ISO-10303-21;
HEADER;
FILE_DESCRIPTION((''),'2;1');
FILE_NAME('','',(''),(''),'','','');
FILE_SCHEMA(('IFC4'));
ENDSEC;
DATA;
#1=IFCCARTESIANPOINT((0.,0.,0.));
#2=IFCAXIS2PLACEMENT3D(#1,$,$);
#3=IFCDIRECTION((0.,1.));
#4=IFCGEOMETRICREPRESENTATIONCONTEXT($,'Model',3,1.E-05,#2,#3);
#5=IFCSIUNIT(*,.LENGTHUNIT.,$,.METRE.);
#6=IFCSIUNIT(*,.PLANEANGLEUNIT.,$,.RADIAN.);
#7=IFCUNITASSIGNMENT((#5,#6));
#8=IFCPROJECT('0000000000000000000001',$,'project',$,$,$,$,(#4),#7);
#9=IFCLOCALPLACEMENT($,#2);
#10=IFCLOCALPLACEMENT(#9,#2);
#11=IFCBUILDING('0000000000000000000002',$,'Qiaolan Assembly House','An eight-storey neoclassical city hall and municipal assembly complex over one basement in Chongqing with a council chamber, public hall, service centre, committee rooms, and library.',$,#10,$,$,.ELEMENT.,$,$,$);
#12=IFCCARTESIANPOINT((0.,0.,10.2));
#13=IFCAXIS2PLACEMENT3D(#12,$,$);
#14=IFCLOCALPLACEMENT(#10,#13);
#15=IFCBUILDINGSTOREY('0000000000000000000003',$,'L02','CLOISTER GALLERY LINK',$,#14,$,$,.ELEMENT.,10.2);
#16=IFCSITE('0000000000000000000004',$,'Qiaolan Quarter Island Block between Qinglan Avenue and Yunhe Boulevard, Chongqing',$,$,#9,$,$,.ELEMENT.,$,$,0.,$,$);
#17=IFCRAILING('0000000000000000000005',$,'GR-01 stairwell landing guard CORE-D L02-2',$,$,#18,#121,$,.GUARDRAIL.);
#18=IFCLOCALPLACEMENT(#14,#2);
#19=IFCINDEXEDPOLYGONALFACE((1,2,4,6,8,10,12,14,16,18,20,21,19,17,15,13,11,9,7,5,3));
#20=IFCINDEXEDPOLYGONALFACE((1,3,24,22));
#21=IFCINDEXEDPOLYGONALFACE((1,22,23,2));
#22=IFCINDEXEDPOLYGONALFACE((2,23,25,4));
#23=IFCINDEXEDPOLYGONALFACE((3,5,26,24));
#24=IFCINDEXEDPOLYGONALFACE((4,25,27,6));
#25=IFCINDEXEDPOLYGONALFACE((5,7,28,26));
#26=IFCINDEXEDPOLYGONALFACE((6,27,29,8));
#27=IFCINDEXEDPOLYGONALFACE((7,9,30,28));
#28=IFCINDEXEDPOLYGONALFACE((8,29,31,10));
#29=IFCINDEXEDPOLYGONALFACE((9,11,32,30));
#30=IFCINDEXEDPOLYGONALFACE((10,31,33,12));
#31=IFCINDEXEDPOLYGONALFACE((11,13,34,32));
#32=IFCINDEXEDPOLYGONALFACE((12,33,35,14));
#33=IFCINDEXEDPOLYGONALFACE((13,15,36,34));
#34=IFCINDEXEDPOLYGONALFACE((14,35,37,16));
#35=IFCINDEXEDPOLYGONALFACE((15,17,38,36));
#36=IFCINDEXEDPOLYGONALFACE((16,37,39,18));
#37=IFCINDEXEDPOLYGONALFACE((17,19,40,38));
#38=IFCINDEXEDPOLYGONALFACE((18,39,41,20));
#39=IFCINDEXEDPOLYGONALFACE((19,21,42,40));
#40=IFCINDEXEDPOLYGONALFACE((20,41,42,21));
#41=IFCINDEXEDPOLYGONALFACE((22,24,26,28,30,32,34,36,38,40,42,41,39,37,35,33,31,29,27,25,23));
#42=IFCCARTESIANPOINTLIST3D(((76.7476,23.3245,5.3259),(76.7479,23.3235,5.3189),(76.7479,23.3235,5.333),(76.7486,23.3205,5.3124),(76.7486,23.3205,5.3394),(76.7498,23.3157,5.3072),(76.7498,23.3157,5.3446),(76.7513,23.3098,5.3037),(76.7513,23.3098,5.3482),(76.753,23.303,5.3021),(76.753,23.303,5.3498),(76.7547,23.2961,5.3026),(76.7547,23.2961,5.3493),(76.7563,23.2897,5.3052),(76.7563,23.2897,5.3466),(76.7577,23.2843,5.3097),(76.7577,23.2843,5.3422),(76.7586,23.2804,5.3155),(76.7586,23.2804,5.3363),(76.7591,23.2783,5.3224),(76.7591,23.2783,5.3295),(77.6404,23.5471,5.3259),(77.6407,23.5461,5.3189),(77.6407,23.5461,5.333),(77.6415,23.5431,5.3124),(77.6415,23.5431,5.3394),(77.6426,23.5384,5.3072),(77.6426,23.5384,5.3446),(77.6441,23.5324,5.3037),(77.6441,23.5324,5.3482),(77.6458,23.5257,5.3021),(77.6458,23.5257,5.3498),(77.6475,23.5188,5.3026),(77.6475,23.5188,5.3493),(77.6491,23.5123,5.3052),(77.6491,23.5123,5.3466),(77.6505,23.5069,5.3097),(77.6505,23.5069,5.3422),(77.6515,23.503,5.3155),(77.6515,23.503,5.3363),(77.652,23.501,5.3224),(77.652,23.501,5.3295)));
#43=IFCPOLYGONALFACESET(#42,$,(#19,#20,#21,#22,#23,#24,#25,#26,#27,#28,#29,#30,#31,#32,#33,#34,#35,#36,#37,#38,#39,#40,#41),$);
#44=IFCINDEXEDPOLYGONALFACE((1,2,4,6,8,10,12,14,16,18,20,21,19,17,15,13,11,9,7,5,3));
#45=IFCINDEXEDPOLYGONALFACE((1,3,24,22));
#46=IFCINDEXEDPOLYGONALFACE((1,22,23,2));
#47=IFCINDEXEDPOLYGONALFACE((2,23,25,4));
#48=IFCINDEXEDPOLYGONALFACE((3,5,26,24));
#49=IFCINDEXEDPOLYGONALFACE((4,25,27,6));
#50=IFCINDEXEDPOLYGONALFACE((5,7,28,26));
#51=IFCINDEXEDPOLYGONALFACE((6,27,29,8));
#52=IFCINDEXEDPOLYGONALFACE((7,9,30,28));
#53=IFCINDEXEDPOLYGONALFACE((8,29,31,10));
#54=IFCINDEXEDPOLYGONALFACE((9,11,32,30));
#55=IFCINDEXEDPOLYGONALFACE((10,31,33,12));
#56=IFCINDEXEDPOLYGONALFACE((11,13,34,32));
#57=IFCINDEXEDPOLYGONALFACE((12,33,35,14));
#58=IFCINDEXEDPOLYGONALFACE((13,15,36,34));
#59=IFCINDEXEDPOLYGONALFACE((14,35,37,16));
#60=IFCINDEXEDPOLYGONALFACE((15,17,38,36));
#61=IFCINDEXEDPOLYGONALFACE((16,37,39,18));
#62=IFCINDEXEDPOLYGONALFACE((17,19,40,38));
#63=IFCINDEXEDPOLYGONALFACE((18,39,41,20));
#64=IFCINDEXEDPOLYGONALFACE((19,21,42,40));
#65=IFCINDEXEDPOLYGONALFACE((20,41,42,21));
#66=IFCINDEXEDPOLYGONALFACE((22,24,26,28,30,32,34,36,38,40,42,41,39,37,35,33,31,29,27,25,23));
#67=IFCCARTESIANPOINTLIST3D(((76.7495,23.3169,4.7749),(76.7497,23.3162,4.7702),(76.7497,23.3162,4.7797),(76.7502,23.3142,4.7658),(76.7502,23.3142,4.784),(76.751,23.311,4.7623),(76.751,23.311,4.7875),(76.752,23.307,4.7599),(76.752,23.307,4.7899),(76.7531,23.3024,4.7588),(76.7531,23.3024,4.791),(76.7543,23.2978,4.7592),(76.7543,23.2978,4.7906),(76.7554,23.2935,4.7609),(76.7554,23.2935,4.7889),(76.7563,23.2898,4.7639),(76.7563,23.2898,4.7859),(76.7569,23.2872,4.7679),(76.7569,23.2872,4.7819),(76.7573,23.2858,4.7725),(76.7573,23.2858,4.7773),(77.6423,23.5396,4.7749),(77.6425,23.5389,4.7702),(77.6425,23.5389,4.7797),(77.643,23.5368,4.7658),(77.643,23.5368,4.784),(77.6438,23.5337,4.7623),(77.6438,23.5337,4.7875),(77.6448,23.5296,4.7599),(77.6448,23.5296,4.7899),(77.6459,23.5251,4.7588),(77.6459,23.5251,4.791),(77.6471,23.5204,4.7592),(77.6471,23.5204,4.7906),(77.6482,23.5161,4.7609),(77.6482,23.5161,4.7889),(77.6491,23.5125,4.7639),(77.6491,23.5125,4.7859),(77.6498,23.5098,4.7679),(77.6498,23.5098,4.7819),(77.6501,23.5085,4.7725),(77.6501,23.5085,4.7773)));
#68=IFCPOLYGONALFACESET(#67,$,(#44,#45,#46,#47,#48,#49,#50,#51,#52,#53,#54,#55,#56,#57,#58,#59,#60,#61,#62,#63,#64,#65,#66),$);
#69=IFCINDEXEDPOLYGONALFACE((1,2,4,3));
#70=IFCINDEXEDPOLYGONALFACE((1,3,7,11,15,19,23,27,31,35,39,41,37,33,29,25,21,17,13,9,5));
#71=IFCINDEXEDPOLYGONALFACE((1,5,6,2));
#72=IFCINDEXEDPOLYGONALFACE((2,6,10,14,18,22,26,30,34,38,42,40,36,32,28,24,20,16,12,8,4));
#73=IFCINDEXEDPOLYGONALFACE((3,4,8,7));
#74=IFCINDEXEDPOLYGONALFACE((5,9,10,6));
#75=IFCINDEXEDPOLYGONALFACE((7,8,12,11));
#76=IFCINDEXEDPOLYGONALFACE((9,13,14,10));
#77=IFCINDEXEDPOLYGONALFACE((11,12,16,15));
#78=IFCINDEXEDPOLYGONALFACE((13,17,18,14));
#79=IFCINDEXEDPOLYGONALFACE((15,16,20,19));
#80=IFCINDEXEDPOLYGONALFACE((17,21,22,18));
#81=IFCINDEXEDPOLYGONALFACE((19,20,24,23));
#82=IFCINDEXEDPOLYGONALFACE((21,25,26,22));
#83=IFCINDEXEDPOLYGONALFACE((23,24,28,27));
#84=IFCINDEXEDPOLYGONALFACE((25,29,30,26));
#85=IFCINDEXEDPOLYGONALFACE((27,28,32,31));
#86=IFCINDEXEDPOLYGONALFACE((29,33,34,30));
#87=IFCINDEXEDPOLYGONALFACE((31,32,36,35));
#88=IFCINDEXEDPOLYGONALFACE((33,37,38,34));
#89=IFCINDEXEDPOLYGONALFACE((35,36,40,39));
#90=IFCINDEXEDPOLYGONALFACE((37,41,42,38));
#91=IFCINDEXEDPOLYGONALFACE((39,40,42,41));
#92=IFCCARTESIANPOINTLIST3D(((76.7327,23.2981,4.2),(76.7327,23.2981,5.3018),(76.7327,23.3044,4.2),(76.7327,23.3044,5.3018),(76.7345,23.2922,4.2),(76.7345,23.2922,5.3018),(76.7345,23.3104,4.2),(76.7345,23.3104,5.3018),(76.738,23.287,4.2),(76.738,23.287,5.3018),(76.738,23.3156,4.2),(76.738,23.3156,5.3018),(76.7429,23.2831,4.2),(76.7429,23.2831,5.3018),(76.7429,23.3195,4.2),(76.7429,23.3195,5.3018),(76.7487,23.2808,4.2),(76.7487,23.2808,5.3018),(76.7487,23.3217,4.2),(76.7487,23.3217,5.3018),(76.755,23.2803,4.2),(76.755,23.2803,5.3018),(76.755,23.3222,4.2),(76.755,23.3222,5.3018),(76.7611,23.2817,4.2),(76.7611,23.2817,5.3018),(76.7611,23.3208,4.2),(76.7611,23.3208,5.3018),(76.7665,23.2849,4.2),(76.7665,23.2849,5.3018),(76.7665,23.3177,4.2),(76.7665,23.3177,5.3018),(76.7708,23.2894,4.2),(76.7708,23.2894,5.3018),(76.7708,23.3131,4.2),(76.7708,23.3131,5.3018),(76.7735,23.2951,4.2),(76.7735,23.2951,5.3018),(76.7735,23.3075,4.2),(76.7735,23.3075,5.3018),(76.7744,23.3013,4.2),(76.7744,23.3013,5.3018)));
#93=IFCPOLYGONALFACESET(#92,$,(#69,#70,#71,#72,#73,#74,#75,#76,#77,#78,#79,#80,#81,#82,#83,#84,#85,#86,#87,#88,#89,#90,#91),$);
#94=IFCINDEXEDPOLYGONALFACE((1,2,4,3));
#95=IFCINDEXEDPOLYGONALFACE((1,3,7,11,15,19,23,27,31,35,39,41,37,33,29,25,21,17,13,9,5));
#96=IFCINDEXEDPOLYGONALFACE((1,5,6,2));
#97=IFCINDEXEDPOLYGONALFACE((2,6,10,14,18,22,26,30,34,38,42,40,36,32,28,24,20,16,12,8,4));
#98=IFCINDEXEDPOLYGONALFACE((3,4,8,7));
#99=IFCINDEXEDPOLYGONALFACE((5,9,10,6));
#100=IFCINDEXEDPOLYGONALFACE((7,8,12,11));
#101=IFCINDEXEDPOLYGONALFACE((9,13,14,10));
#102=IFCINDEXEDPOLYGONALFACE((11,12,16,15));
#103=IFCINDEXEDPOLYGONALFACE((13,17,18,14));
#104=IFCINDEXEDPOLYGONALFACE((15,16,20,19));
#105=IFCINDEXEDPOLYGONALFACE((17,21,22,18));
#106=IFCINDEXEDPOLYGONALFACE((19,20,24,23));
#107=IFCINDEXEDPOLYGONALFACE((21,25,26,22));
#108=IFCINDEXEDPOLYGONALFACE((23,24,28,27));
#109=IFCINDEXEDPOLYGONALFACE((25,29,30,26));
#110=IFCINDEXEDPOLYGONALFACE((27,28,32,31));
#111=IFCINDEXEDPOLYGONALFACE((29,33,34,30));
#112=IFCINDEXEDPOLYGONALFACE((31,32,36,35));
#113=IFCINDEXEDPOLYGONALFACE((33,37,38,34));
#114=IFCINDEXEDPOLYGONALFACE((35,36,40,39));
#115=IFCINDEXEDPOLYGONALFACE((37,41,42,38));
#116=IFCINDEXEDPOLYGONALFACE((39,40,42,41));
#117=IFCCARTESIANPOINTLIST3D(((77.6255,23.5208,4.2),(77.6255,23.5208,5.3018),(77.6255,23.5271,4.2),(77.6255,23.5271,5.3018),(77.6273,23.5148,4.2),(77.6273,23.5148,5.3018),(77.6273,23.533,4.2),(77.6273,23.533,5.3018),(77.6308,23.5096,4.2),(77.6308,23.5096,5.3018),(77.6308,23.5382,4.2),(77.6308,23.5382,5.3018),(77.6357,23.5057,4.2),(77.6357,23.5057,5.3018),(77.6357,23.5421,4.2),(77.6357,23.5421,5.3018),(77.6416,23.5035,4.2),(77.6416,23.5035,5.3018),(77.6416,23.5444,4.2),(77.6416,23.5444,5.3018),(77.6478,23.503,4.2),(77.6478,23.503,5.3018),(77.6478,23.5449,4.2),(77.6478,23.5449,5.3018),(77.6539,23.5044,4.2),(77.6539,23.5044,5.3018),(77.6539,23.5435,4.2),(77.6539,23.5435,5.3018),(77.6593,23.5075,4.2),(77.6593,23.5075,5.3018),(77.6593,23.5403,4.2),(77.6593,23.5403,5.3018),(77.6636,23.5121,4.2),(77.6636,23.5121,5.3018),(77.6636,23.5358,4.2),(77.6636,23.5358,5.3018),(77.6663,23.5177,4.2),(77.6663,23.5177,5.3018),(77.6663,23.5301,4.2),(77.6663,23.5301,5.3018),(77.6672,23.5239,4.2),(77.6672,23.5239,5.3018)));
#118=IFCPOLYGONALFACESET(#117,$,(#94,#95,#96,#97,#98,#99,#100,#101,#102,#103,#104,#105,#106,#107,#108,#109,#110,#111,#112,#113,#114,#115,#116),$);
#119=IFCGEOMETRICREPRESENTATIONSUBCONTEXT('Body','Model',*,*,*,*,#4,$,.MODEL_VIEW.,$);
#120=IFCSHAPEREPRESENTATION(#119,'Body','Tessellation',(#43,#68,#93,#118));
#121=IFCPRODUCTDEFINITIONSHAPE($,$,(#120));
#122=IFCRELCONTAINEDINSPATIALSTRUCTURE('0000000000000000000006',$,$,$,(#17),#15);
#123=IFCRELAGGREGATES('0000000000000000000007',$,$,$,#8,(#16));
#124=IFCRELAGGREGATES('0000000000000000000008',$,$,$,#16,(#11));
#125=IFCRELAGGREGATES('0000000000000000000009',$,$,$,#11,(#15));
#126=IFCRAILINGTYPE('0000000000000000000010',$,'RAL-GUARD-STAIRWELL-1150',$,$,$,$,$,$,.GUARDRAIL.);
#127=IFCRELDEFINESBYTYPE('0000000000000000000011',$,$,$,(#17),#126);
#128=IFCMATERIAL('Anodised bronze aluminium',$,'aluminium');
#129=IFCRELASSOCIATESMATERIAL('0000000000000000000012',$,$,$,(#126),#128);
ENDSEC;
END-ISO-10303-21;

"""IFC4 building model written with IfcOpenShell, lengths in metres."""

from ifc_helpers import new_model, si_unit, direction, frame, origin, origin_2d, place, context, subcontext, project, spatial, circle, extrude, material, type_object, element, save


model = new_model("IFC4")

# Units and contexts
model_context = context("Model", 3, precision=1e-05, world=origin(), true_north=direction((0.0, 1.0)))
body_context = subcontext(model_context, "Body", "Model", "MODEL_VIEW")
ifc_project = project(units=[si_unit("LENGTHUNIT", "METRE"), si_unit("PLANEANGLEUNIT", "RADIAN")], contexts=[model_context])

# Site, building, storey
site_placement = place(None, origin())
site = spatial("IfcSite", under=ifc_project, at=site_placement, Name="Qiaolan Quarter Island Block between Qinglan Avenue and Yunhe Boulevard, Chongqing", CompositionType="ELEMENT", RefElevation=0.0)
building_placement = place(site_placement, origin())
building = spatial("IfcBuilding", under=site, at=building_placement, Name="Qiaolan Assembly House", Description="An eight-storey neoclassical city hall and municipal assembly complex over one basement in Chongqing with a council chamber, public hall, service centre, committee rooms, and library.", CompositionType="ELEMENT")
storey_placement = place(building_placement, frame((0.0, 0.0, 10.2)))
storey = spatial("IfcBuildingStorey", under=building, at=storey_placement, Name="L02", Description="CLOISTER GALLERY LINK", CompositionType="ELEMENT", Elevation=10.2)

# Railing
ifc_material_1 = material(Name="Anodised bronze aluminium", Category="aluminium")
railing_type_1 = type_object("IfcRailingType", Name="RAL-GUARD-STAIRWELL-1150", PredefinedType="GUARDRAIL", material=ifc_material_1)
railing_1_placement = place(storey_placement, frame((76.7534, 23.3013, 4.2)))
element("IfcRailing", 1, at=railing_1_placement, inside=storey, type_object=railing_type_1, Name="GR-01 stairwell landing guard CORE-D L02-2", PredefinedType="GUARDRAIL", context=body_context, shape_type="SweptSolid", body=[
    extrude(circle(Radius=0.0239, at=origin_2d()), frame((0.0, 0.0, 1.126), z_axis=(0.970283, 0.241974, 0.0), x_axis=(-0.241974, 0.970283, 0.0)), (0.0, 0.0, 1.0), 0.9202),
    extrude(circle(Radius=0.0161, at=origin_2d()), frame((0.0, 0.0, 0.575), z_axis=(0.970283, 0.241974, 0.0), x_axis=(-0.241974, 0.970283, 0.0)), (0.0, 0.0, 1.0), 0.9202),
    extrude(circle(Radius=0.021, at=origin_2d()), origin(), (0.0, 0.0, 1.0), 1.1018),
    extrude(circle(Radius=0.021, at=origin_2d()), frame((0.8928, 0.2227, 0.0)), (0.0, 0.0, 1.0), 1.1018),
])

save(model, "model.ifc")
